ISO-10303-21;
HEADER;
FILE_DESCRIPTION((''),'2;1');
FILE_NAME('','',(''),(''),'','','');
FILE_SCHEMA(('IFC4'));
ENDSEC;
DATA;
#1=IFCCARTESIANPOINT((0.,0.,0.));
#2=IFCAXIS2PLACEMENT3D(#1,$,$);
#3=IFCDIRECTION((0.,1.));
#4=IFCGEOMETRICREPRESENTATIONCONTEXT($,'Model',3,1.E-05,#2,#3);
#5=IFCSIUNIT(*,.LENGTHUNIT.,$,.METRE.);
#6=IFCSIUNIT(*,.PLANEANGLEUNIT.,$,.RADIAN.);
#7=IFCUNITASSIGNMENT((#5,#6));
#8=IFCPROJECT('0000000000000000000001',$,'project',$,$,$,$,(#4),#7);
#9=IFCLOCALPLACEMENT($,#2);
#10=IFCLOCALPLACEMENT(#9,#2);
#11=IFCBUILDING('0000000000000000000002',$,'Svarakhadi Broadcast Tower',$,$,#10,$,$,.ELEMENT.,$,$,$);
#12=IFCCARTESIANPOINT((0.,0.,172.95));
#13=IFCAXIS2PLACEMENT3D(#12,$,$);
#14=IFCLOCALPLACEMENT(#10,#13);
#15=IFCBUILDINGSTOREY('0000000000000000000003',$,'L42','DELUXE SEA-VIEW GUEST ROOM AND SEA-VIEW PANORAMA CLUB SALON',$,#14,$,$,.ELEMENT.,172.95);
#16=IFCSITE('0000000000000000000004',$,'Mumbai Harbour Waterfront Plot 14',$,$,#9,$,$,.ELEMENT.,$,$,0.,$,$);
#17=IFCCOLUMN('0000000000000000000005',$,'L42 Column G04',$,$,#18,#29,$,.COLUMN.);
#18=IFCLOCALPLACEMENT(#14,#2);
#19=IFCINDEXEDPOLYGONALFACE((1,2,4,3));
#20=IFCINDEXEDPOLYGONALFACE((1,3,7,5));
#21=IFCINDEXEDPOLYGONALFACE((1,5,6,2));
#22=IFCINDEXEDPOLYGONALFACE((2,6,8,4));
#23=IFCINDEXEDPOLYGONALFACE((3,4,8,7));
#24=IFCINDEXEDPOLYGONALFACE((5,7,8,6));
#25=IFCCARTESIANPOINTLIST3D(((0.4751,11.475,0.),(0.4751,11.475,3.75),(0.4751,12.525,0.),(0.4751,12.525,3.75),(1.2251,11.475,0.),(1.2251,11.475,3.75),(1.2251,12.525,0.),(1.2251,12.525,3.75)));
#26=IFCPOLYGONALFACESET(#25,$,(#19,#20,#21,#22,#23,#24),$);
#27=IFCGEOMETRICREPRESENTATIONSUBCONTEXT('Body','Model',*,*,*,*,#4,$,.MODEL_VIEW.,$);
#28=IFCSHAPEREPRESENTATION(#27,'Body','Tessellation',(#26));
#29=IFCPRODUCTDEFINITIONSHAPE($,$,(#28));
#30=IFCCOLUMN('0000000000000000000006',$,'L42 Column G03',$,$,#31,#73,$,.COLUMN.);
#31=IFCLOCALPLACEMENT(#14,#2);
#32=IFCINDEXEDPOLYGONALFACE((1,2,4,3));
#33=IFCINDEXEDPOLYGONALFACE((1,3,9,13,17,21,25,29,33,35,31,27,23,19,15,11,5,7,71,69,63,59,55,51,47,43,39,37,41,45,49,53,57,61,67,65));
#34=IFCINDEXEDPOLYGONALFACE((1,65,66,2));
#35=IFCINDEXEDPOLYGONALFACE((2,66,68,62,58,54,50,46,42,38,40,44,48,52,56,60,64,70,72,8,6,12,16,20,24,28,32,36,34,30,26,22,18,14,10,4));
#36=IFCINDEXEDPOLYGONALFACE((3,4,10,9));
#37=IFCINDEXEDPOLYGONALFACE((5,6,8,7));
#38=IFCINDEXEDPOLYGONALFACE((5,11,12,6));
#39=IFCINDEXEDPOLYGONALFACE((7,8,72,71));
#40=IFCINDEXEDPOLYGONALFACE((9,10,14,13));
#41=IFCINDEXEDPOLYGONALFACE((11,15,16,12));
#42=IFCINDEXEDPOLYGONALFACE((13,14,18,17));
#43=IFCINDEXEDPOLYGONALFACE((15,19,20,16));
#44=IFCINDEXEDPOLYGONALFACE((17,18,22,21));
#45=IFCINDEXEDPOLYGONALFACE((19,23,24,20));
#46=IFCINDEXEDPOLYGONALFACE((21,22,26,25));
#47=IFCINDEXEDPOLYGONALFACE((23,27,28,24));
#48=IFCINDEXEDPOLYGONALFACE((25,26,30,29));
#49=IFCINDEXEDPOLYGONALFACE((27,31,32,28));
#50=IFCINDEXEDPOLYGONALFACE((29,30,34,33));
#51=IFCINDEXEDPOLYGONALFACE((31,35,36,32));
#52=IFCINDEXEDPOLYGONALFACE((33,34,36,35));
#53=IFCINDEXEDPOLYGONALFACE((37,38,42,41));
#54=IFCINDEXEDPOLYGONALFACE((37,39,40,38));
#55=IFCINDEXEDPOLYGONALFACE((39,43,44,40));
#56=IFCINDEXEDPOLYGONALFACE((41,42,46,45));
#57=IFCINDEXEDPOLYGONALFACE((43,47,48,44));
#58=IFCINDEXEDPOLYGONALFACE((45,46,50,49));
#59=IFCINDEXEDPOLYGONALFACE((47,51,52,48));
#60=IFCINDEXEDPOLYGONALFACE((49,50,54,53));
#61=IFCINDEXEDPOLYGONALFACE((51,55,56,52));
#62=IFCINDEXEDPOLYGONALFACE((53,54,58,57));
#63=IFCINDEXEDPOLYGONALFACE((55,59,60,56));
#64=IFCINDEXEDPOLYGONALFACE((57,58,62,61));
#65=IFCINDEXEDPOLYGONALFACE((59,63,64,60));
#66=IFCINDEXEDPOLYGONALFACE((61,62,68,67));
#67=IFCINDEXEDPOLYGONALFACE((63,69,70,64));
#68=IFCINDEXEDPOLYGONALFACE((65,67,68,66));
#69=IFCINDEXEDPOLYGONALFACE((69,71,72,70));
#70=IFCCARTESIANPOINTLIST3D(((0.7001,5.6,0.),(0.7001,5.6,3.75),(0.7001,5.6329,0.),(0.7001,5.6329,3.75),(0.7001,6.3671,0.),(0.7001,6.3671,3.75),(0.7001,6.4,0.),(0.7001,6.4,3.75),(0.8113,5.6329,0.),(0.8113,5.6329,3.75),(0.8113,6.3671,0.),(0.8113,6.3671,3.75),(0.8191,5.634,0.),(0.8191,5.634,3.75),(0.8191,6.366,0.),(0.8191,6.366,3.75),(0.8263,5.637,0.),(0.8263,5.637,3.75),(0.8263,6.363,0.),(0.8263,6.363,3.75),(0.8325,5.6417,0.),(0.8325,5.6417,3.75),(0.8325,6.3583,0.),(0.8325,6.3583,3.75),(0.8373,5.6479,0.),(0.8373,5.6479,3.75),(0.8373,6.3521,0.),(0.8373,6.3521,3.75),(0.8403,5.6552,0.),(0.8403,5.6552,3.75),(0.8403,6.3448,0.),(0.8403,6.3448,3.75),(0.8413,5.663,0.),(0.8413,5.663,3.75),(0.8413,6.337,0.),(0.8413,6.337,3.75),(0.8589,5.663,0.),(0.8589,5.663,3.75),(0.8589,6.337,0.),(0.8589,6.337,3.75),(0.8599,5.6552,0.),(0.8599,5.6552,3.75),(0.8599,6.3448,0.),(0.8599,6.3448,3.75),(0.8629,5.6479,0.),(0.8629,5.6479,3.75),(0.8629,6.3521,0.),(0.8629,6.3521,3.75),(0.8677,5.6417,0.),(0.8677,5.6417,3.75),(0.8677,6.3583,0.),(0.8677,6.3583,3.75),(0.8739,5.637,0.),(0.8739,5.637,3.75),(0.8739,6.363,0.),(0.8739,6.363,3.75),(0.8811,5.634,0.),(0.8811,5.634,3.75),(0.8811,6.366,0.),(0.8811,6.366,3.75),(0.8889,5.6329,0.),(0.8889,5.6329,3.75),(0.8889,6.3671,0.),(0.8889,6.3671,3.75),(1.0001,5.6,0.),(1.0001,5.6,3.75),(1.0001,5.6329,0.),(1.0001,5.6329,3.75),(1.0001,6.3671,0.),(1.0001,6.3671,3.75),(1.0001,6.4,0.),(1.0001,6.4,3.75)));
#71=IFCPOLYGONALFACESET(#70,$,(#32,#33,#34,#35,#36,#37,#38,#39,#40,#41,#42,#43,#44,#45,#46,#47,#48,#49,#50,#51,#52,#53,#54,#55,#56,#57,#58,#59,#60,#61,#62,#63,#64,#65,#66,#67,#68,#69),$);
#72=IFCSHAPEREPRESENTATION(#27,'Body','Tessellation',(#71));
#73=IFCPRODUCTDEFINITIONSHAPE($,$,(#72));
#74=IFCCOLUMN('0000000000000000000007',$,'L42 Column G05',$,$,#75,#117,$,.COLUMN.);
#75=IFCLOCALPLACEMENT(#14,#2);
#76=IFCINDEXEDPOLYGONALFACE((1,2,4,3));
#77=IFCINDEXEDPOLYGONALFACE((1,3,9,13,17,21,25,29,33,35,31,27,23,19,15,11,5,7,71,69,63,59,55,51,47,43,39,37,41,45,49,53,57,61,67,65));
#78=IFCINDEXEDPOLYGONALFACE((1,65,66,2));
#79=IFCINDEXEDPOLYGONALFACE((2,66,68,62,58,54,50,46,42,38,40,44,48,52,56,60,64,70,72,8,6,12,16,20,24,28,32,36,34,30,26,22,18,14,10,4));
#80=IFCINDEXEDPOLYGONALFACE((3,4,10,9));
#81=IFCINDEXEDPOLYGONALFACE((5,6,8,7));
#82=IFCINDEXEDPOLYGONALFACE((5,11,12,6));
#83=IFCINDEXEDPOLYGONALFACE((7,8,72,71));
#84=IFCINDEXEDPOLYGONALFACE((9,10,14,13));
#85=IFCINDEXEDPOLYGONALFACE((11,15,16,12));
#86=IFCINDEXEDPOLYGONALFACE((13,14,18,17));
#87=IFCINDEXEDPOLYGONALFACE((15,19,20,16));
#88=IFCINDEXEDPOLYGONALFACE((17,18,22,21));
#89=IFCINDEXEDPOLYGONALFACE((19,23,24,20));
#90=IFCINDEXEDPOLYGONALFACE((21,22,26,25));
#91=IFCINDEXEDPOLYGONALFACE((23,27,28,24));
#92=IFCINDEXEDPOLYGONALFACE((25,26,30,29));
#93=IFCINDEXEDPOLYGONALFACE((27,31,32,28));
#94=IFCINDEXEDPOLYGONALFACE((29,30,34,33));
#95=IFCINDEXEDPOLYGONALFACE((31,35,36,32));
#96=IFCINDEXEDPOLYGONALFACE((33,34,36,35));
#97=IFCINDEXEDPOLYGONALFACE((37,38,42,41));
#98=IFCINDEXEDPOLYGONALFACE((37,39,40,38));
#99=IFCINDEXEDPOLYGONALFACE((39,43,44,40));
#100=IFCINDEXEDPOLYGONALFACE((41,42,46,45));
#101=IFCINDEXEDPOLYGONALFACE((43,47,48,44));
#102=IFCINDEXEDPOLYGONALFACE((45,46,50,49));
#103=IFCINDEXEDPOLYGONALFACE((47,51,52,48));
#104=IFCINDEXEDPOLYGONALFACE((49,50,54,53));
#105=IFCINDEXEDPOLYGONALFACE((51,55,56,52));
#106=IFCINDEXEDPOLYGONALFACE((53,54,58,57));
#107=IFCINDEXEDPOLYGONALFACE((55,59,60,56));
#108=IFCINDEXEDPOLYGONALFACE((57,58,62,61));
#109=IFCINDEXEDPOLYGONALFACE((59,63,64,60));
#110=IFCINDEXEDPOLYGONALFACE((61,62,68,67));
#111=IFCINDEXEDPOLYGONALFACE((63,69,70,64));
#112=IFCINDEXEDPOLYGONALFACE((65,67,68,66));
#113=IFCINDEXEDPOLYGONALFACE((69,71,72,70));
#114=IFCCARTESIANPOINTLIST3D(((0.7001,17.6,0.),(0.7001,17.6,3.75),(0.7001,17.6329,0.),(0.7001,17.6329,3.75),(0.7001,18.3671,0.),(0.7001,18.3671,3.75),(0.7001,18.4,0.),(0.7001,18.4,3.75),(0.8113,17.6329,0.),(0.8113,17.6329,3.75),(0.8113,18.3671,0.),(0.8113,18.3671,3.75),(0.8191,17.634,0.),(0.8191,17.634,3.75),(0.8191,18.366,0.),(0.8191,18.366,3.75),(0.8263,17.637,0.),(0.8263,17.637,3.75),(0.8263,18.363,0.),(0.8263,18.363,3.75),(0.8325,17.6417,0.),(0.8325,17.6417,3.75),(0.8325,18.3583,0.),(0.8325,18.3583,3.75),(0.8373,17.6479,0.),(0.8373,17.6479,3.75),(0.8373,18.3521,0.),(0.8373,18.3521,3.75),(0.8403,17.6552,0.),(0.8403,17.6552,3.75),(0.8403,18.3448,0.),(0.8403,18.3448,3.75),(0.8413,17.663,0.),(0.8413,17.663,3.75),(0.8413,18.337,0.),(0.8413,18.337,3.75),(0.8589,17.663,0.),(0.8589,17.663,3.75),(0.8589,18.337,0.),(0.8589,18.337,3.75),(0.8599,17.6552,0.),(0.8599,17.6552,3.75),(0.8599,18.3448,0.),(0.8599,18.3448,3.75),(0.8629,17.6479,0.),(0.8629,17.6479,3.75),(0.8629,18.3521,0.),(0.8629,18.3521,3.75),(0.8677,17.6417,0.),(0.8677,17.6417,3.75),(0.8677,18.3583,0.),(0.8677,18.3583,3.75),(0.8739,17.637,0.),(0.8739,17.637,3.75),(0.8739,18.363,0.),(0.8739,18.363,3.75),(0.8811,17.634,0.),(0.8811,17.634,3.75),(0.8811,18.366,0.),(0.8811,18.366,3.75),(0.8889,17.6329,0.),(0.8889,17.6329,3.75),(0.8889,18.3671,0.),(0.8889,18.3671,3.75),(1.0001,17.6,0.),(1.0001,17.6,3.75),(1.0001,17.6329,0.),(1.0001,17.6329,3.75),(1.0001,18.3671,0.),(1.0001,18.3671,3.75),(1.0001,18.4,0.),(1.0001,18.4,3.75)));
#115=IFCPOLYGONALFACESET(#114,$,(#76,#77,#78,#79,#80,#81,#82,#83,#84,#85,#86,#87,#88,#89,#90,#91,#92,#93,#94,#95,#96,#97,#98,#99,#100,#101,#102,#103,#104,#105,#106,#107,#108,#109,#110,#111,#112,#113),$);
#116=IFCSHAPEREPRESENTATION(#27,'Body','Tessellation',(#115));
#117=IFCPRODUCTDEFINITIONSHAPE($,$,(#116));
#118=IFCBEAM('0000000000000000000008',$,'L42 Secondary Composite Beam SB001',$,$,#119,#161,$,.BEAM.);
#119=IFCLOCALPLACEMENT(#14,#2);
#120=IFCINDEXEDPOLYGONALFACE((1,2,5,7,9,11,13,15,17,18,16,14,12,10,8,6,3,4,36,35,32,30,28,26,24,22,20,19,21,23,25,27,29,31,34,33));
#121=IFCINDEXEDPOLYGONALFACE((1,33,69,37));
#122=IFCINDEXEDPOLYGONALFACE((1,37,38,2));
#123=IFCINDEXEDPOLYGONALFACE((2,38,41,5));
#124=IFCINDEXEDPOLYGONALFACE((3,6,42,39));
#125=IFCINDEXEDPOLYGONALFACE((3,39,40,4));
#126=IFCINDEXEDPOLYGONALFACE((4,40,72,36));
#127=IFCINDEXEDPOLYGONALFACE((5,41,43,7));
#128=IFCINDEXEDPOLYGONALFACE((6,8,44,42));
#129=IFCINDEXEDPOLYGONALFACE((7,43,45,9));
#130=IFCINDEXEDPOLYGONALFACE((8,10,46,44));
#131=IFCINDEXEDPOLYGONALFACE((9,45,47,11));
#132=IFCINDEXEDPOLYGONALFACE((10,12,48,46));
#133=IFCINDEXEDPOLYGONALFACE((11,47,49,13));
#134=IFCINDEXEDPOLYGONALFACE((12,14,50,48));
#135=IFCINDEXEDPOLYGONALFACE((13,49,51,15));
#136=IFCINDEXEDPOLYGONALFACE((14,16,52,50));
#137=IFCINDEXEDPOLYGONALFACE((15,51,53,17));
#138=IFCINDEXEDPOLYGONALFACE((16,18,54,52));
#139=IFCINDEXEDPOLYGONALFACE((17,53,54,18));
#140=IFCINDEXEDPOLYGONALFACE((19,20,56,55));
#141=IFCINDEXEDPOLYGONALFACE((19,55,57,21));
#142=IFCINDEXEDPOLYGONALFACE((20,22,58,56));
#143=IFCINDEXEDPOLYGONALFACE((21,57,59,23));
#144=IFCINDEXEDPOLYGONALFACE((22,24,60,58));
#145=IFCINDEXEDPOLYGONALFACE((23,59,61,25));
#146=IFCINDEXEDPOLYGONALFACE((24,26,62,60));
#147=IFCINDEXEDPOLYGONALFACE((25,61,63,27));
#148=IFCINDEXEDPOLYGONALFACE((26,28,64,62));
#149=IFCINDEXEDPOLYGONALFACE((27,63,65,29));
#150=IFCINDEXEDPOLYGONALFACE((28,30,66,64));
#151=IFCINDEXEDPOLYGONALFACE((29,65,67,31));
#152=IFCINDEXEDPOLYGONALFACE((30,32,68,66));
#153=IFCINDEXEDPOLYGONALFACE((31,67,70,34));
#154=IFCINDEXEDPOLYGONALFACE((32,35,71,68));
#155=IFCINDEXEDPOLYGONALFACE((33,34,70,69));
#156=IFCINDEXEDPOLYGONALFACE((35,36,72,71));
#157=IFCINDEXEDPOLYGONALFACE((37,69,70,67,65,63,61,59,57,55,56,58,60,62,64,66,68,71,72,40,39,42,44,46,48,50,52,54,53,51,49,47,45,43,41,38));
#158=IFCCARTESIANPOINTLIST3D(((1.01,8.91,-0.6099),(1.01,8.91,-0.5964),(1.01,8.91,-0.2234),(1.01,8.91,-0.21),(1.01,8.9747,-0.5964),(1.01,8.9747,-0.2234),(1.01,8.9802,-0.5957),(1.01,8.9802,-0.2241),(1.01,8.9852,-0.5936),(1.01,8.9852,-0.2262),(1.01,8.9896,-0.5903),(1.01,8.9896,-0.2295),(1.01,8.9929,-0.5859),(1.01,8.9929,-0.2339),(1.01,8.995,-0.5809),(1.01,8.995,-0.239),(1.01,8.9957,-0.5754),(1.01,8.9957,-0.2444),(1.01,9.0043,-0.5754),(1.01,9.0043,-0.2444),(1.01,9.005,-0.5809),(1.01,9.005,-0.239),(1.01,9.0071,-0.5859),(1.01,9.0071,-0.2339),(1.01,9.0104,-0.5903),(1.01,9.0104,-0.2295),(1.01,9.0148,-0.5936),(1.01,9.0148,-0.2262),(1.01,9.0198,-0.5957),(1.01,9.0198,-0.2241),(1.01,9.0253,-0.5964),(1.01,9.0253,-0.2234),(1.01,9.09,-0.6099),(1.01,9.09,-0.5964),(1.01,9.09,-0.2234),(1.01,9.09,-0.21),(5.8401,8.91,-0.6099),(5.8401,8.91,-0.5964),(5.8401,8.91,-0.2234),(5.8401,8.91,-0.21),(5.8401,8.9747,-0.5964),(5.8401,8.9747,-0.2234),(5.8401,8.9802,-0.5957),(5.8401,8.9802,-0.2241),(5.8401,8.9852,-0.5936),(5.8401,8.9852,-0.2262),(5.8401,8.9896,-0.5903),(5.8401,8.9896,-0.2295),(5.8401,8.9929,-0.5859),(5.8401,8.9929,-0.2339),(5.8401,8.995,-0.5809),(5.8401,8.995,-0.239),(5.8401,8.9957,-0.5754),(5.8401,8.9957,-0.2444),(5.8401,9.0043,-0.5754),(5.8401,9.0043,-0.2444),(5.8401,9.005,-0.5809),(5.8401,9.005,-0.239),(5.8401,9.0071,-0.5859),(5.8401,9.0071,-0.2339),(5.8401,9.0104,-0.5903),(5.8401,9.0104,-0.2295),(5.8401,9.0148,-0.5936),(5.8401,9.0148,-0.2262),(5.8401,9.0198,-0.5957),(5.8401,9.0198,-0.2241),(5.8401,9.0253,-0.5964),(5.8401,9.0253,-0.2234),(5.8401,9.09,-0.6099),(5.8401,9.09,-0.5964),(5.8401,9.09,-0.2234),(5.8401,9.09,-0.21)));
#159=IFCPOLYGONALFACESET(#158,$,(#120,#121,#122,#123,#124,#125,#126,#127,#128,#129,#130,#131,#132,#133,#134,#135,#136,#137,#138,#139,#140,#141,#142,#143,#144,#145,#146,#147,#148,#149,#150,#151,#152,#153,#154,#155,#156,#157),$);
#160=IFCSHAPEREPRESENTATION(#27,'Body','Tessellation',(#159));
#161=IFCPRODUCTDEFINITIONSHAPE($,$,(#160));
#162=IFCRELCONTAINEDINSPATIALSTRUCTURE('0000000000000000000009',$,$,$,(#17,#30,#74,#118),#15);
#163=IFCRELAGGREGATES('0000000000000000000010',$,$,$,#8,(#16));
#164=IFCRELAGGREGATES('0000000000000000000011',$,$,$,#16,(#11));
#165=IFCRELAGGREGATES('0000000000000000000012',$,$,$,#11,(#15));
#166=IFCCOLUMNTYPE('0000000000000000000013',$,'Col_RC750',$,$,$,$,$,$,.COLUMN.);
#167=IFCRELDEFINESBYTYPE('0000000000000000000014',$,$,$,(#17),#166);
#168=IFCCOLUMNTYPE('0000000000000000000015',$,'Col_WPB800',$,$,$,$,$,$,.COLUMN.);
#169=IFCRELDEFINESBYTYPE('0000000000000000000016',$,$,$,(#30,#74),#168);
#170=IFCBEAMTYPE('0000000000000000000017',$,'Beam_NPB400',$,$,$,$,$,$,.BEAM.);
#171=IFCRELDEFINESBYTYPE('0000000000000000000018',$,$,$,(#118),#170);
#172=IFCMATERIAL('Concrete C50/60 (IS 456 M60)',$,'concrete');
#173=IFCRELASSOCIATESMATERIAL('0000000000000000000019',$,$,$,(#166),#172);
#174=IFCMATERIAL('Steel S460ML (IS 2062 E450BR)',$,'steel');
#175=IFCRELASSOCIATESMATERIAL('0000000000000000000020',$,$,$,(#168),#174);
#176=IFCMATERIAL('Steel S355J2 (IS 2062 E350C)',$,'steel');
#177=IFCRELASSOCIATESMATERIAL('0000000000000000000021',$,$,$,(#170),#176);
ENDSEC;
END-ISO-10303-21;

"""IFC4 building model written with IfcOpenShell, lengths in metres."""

from ifc_helpers import new_model, si_unit, direction, frame, origin, origin_2d, place, context, subcontext, project, spatial, rectangle, i_section, extrude, material, material_profile, profile_set, type_object, element, save


model = new_model("IFC4")

# Units and contexts
model_context = context("Model", 3, precision=1e-05, world=origin(), true_north=direction((0.0, 1.0)))
body_context = subcontext(model_context, "Body", "Model", "MODEL_VIEW")
ifc_project = project(units=[si_unit("LENGTHUNIT", "METRE"), si_unit("PLANEANGLEUNIT", "RADIAN")], contexts=[model_context])

# Site, building, storey
site_placement = place(None, origin())
site = spatial("IfcSite", under=ifc_project, at=site_placement, Name="Mumbai Harbour Waterfront Plot 14", CompositionType="ELEMENT", RefElevation=0.0)
building_placement = place(site_placement, origin())
building = spatial("IfcBuilding", under=site, at=building_placement, Name="Svarakhadi Broadcast Tower", CompositionType="ELEMENT")
storey_placement = place(building_placement, frame((0.0, 0.0, 172.95)))
storey = spatial("IfcBuildingStorey", under=building, at=storey_placement, Name="L42", Description="DELUXE SEA-VIEW GUEST ROOM AND SEA-VIEW PANORAMA CLUB SALON", CompositionType="ELEMENT", Elevation=172.95)

# Columns
ifc_material_1 = material(Name="Concrete C50/60 (IS 456 M60)", Category="concrete")
ifc_material_profile_1 = material_profile(ifc_material_1, rectangle(XDim=0.75, YDim=1.05, at=origin_2d()), Name="RC 750x1050")
ifc_profile_set_1 = profile_set([ifc_material_profile_1], Name="Concrete C50/60 (IS 456 M60)")
column_type_1 = type_object("IfcColumnType", Name="Col_RC750", PredefinedType="COLUMN", material=ifc_profile_set_1)
column_placement = place(storey_placement, frame((0.8501, 12.0, 0.0), z_axis=(0.0, 0.0, 1.0), x_axis=(1.0, 0.0, 0.0)))
element("IfcColumn", 1, at=column_placement, inside=storey, type_object=column_type_1, Name="L42 Column G04", PredefinedType="COLUMN", context=body_context, shape_type="SweptSolid", body=[
    extrude(rectangle(XDim=0.75, YDim=1.05, at=origin_2d()), origin(), (0.0, 0.0, 1.0), 3.75),
])
ifc_material_2 = material(Name="Steel S460ML (IS 2062 E450BR)", Category="steel")
ifc_material_profile_2 = material_profile(ifc_material_2, i_section(OverallWidth=0.3, OverallDepth=0.8, WebThickness=0.0176, FlangeThickness=0.033, FilletRadius=0.03, at=origin_2d()), Name="WPB 800x300x262")
ifc_profile_set_2 = profile_set([ifc_material_profile_2], Name="Steel S460ML (IS 2062 E450BR)")
column_type_2 = type_object("IfcColumnType", Name="Col_WPB800", PredefinedType="COLUMN", material=ifc_profile_set_2)
for number, where, z_axis, x_axis, name in (
    (2, (0.8501, 6.0, 0.0), (0.0, 0.0, 1.0), (1.0, 0.0, 0.0), "L42 Column G03"),
    (3, (0.8501, 18.0, 0.0), (0.0, 0.0, 1.0), (1.0, 0.0, 0.0), "L42 Column G05"),
):
    element("IfcColumn", number, at=place(storey_placement, frame(where, z_axis=z_axis, x_axis=x_axis)), inside=storey, type_object=column_type_2, Name=name, PredefinedType="COLUMN", context=body_context, shape_type="SweptSolid", body=[
        extrude(i_section(OverallWidth=0.3, OverallDepth=0.8, WebThickness=0.0176, FlangeThickness=0.033, FilletRadius=0.03, at=origin_2d()), origin(), (0.0, 0.0, 1.0), 3.75),
    ])

# Beam
ifc_material_3 = material(Name="Steel S355J2 (IS 2062 E350C)", Category="steel")
ifc_material_profile_3 = material_profile(ifc_material_3, i_section(OverallWidth=0.1799, OverallDepth=0.3999, WebThickness=0.0085, FlangeThickness=0.0134, FilletRadius=0.021, at=origin_2d()), Name="NPB 400x180x66")
ifc_profile_set_3 = profile_set([ifc_material_profile_3], Name="Steel S355J2 (IS 2062 E350C)")
beam_type_1 = type_object("IfcBeamType", Name="Beam_NPB400", PredefinedType="BEAM", material=ifc_profile_set_3)
for number, where, z_axis, x_axis, name in (
    (4, (1.01, 9.0, -0.4099), (1.0, 0.0, 0.0), (0.0, 1.0, 0.0), "L42 Secondary Composite Beam SB001"),
):
    element("IfcBeam", number, at=place(storey_placement, frame(where, z_axis=z_axis, x_axis=x_axis)), inside=storey, type_object=beam_type_1, Name=name, PredefinedType="BEAM", context=body_context, shape_type="SweptSolid", body=[
        extrude(i_section(OverallWidth=0.1799, OverallDepth=0.3999, WebThickness=0.0085, FlangeThickness=0.0134, FilletRadius=0.021, at=origin_2d()), origin(), (0.0, 0.0, 1.0), 4.8301),
    ])

save(model, "model.ifc")
